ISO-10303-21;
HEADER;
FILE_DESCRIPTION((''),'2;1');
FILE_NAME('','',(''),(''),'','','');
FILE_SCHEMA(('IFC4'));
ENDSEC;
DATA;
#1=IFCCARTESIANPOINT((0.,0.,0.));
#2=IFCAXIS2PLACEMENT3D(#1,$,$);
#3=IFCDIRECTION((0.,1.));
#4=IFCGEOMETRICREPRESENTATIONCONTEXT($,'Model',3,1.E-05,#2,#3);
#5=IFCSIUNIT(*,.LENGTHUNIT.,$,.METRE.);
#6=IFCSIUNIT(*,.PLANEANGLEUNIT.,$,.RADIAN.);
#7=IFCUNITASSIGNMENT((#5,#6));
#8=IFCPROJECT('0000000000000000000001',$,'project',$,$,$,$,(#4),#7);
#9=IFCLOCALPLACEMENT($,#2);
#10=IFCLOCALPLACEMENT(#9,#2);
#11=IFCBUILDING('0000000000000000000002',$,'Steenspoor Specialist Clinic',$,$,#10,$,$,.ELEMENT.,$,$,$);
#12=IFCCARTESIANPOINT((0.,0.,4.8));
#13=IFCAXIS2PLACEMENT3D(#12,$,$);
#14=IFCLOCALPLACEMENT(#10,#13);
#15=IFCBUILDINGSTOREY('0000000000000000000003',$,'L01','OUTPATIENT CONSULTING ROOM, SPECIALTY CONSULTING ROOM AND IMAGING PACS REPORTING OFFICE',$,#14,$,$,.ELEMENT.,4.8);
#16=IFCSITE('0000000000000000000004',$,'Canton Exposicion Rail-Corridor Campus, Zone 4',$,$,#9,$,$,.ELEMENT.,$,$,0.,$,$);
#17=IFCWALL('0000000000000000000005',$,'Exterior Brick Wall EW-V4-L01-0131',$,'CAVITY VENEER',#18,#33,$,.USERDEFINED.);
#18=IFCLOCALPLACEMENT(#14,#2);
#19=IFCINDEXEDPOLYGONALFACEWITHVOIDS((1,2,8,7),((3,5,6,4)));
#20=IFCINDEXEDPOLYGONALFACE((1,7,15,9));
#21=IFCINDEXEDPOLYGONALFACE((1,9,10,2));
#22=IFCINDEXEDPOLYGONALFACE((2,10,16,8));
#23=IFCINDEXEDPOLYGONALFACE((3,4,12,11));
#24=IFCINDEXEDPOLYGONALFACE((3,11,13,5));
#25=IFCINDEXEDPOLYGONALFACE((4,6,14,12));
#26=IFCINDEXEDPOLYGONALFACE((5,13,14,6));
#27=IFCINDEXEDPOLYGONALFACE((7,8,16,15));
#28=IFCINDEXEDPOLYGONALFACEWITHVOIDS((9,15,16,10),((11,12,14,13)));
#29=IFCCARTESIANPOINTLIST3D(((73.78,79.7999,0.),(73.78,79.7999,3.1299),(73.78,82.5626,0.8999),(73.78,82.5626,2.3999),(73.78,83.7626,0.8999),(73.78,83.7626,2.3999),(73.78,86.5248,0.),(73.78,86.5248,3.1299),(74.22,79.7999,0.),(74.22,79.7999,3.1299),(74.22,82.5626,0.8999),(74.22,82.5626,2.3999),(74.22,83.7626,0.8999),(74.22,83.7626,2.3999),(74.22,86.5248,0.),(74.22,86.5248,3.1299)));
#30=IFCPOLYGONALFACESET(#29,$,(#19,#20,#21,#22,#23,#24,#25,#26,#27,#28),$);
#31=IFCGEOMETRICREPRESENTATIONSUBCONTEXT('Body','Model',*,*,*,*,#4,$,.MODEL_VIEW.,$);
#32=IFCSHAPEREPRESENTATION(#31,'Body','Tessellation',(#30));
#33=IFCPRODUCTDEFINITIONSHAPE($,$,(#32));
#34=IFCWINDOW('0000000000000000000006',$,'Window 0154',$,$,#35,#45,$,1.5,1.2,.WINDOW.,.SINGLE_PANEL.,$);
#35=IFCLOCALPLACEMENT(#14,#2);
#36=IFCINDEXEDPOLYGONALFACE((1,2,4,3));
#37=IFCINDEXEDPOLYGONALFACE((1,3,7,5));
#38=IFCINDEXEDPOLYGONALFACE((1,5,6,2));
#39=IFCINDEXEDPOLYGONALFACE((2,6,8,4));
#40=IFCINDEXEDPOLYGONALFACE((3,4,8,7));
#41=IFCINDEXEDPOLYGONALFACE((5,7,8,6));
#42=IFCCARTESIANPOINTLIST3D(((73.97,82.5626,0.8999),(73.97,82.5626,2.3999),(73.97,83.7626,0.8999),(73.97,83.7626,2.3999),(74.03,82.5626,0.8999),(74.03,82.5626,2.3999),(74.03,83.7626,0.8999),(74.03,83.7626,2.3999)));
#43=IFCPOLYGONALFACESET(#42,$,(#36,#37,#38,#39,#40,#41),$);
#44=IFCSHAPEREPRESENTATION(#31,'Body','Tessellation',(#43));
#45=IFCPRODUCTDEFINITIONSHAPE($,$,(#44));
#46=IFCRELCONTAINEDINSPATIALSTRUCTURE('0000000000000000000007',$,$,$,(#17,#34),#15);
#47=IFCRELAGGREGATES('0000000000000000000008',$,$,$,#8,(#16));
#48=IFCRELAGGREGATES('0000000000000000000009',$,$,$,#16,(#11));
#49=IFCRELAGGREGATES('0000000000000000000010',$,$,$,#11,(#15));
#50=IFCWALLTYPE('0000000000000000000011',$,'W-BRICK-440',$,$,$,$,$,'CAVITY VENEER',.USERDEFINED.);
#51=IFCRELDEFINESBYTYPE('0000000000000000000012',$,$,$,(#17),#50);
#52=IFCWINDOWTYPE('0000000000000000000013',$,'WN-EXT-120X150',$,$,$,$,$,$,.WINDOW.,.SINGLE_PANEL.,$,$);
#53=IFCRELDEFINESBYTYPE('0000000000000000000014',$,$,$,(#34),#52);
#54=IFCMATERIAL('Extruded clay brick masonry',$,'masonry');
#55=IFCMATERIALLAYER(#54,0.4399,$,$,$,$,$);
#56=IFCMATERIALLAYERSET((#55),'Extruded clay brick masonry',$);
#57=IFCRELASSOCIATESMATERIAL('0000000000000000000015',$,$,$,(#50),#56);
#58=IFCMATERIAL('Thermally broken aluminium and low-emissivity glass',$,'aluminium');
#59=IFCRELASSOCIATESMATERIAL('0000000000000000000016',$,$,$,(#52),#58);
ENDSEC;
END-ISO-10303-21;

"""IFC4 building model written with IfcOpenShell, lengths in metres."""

from ifc_helpers import new_model, si_unit, direction, frame, frame_2d, origin, place, context, subcontext, project, spatial, rectangle, extrude, material, layer, layer_set, type_object, element, fill, save


model = new_model("IFC4")

# Units and contexts
model_context = context("Model", 3, precision=1e-05, world=origin(), true_north=direction((0.0, 1.0)))
body_context = subcontext(model_context, "Body", "Model", "MODEL_VIEW")
ifc_project = project(units=[si_unit("LENGTHUNIT", "METRE"), si_unit("PLANEANGLEUNIT", "RADIAN")], contexts=[model_context])

# Site, building, storey
site_placement = place(None, origin())
site = spatial("IfcSite", under=ifc_project, at=site_placement, Name="Canton Exposicion Rail-Corridor Campus, Zone 4", CompositionType="ELEMENT", RefElevation=0.0)
building_placement = place(site_placement, origin())
building = spatial("IfcBuilding", under=site, at=building_placement, Name="Steenspoor Specialist Clinic", CompositionType="ELEMENT")
storey_placement = place(building_placement, frame((0.0, 0.0, 4.8)))
storey = spatial("IfcBuildingStorey", under=building, at=storey_placement, Name="L01", Description="OUTPATIENT CONSULTING ROOM, SPECIALTY CONSULTING ROOM AND IMAGING PACS REPORTING OFFICE", CompositionType="ELEMENT", Elevation=4.8)

# Shared definitions
ifc_material_1 = material(Name="Thermally broken aluminium and low-emissivity glass", Category="aluminium")

# Wall, opening, window
ifc_material_2 = material(Name="Extruded clay brick masonry", Category="masonry")
ifc_layer_1 = layer(ifc_material_2, 0.4399)
ifc_layer_set_1 = layer_set([ifc_layer_1], Name="Extruded clay brick masonry")
wall_type = type_object("IfcWallType", Name="W-BRICK-440", ElementType="CAVITY VENEER", PredefinedType="USERDEFINED", material=ifc_layer_set_1)
wall_placement = place(storey_placement, frame((74.0, 79.8, 0.0), z_axis=(0.0, 0.0, 1.0), x_axis=(0.0, 1.0, 0.0)))
wall = element("IfcWall", 1, at=wall_placement, inside=storey, type_object=wall_type, Name="Exterior Brick Wall EW-V4-L01-0131", ObjectType="CAVITY VENEER", PredefinedType="USERDEFINED", context=body_context, shape_type="SweptSolid", body=[
    extrude(rectangle(XDim=6.7249, YDim=0.4399, at=frame_2d((3.3623, 0.0))), origin(), (0.0, 0.0, 1.0), 3.1299),
])
opening_placement = place(wall_placement, frame((2.7625, 0.0, 0.8999)))
opening = element("IfcOpeningElement", 2, at=opening_placement, cuts=wall, PredefinedType="OPENING", context=body_context, shape_type="SweptSolid", body=[
    extrude(rectangle(XDim=1.2, YDim=1.5, at=frame_2d((0.6001, 0.75))), frame((0.0, 0.23, 0.0), z_axis=(0.0, -1.0, 0.0), x_axis=(1.0, 0.0, 0.0)), (0.0, 0.0, 1.0), 0.46),
])
window_type = type_object("IfcWindowType", Name="WN-EXT-120X150", PartitioningType="SINGLE_PANEL", PredefinedType="WINDOW", material=ifc_material_1)
window_placement = place(opening_placement, origin())
window = element("IfcWindow", 3, at=window_placement, inside=storey, type_object=window_type, Name="Window 0154", OverallHeight=1.5, OverallWidth=1.2, PartitioningType="SINGLE_PANEL", PredefinedType="WINDOW", context=body_context, shape_type="SweptSolid", body=[
    extrude(rectangle(XDim=1.2, YDim=1.5, at=frame_2d((0.6001, 0.75))), frame((0.0, 0.03, 0.0), z_axis=(0.0, -1.0, 0.0), x_axis=(1.0, 0.0, 0.0)), (0.0, 0.0, 1.0), 0.0601),
])
fill(opening, window)

save(model, "model.ifc")
